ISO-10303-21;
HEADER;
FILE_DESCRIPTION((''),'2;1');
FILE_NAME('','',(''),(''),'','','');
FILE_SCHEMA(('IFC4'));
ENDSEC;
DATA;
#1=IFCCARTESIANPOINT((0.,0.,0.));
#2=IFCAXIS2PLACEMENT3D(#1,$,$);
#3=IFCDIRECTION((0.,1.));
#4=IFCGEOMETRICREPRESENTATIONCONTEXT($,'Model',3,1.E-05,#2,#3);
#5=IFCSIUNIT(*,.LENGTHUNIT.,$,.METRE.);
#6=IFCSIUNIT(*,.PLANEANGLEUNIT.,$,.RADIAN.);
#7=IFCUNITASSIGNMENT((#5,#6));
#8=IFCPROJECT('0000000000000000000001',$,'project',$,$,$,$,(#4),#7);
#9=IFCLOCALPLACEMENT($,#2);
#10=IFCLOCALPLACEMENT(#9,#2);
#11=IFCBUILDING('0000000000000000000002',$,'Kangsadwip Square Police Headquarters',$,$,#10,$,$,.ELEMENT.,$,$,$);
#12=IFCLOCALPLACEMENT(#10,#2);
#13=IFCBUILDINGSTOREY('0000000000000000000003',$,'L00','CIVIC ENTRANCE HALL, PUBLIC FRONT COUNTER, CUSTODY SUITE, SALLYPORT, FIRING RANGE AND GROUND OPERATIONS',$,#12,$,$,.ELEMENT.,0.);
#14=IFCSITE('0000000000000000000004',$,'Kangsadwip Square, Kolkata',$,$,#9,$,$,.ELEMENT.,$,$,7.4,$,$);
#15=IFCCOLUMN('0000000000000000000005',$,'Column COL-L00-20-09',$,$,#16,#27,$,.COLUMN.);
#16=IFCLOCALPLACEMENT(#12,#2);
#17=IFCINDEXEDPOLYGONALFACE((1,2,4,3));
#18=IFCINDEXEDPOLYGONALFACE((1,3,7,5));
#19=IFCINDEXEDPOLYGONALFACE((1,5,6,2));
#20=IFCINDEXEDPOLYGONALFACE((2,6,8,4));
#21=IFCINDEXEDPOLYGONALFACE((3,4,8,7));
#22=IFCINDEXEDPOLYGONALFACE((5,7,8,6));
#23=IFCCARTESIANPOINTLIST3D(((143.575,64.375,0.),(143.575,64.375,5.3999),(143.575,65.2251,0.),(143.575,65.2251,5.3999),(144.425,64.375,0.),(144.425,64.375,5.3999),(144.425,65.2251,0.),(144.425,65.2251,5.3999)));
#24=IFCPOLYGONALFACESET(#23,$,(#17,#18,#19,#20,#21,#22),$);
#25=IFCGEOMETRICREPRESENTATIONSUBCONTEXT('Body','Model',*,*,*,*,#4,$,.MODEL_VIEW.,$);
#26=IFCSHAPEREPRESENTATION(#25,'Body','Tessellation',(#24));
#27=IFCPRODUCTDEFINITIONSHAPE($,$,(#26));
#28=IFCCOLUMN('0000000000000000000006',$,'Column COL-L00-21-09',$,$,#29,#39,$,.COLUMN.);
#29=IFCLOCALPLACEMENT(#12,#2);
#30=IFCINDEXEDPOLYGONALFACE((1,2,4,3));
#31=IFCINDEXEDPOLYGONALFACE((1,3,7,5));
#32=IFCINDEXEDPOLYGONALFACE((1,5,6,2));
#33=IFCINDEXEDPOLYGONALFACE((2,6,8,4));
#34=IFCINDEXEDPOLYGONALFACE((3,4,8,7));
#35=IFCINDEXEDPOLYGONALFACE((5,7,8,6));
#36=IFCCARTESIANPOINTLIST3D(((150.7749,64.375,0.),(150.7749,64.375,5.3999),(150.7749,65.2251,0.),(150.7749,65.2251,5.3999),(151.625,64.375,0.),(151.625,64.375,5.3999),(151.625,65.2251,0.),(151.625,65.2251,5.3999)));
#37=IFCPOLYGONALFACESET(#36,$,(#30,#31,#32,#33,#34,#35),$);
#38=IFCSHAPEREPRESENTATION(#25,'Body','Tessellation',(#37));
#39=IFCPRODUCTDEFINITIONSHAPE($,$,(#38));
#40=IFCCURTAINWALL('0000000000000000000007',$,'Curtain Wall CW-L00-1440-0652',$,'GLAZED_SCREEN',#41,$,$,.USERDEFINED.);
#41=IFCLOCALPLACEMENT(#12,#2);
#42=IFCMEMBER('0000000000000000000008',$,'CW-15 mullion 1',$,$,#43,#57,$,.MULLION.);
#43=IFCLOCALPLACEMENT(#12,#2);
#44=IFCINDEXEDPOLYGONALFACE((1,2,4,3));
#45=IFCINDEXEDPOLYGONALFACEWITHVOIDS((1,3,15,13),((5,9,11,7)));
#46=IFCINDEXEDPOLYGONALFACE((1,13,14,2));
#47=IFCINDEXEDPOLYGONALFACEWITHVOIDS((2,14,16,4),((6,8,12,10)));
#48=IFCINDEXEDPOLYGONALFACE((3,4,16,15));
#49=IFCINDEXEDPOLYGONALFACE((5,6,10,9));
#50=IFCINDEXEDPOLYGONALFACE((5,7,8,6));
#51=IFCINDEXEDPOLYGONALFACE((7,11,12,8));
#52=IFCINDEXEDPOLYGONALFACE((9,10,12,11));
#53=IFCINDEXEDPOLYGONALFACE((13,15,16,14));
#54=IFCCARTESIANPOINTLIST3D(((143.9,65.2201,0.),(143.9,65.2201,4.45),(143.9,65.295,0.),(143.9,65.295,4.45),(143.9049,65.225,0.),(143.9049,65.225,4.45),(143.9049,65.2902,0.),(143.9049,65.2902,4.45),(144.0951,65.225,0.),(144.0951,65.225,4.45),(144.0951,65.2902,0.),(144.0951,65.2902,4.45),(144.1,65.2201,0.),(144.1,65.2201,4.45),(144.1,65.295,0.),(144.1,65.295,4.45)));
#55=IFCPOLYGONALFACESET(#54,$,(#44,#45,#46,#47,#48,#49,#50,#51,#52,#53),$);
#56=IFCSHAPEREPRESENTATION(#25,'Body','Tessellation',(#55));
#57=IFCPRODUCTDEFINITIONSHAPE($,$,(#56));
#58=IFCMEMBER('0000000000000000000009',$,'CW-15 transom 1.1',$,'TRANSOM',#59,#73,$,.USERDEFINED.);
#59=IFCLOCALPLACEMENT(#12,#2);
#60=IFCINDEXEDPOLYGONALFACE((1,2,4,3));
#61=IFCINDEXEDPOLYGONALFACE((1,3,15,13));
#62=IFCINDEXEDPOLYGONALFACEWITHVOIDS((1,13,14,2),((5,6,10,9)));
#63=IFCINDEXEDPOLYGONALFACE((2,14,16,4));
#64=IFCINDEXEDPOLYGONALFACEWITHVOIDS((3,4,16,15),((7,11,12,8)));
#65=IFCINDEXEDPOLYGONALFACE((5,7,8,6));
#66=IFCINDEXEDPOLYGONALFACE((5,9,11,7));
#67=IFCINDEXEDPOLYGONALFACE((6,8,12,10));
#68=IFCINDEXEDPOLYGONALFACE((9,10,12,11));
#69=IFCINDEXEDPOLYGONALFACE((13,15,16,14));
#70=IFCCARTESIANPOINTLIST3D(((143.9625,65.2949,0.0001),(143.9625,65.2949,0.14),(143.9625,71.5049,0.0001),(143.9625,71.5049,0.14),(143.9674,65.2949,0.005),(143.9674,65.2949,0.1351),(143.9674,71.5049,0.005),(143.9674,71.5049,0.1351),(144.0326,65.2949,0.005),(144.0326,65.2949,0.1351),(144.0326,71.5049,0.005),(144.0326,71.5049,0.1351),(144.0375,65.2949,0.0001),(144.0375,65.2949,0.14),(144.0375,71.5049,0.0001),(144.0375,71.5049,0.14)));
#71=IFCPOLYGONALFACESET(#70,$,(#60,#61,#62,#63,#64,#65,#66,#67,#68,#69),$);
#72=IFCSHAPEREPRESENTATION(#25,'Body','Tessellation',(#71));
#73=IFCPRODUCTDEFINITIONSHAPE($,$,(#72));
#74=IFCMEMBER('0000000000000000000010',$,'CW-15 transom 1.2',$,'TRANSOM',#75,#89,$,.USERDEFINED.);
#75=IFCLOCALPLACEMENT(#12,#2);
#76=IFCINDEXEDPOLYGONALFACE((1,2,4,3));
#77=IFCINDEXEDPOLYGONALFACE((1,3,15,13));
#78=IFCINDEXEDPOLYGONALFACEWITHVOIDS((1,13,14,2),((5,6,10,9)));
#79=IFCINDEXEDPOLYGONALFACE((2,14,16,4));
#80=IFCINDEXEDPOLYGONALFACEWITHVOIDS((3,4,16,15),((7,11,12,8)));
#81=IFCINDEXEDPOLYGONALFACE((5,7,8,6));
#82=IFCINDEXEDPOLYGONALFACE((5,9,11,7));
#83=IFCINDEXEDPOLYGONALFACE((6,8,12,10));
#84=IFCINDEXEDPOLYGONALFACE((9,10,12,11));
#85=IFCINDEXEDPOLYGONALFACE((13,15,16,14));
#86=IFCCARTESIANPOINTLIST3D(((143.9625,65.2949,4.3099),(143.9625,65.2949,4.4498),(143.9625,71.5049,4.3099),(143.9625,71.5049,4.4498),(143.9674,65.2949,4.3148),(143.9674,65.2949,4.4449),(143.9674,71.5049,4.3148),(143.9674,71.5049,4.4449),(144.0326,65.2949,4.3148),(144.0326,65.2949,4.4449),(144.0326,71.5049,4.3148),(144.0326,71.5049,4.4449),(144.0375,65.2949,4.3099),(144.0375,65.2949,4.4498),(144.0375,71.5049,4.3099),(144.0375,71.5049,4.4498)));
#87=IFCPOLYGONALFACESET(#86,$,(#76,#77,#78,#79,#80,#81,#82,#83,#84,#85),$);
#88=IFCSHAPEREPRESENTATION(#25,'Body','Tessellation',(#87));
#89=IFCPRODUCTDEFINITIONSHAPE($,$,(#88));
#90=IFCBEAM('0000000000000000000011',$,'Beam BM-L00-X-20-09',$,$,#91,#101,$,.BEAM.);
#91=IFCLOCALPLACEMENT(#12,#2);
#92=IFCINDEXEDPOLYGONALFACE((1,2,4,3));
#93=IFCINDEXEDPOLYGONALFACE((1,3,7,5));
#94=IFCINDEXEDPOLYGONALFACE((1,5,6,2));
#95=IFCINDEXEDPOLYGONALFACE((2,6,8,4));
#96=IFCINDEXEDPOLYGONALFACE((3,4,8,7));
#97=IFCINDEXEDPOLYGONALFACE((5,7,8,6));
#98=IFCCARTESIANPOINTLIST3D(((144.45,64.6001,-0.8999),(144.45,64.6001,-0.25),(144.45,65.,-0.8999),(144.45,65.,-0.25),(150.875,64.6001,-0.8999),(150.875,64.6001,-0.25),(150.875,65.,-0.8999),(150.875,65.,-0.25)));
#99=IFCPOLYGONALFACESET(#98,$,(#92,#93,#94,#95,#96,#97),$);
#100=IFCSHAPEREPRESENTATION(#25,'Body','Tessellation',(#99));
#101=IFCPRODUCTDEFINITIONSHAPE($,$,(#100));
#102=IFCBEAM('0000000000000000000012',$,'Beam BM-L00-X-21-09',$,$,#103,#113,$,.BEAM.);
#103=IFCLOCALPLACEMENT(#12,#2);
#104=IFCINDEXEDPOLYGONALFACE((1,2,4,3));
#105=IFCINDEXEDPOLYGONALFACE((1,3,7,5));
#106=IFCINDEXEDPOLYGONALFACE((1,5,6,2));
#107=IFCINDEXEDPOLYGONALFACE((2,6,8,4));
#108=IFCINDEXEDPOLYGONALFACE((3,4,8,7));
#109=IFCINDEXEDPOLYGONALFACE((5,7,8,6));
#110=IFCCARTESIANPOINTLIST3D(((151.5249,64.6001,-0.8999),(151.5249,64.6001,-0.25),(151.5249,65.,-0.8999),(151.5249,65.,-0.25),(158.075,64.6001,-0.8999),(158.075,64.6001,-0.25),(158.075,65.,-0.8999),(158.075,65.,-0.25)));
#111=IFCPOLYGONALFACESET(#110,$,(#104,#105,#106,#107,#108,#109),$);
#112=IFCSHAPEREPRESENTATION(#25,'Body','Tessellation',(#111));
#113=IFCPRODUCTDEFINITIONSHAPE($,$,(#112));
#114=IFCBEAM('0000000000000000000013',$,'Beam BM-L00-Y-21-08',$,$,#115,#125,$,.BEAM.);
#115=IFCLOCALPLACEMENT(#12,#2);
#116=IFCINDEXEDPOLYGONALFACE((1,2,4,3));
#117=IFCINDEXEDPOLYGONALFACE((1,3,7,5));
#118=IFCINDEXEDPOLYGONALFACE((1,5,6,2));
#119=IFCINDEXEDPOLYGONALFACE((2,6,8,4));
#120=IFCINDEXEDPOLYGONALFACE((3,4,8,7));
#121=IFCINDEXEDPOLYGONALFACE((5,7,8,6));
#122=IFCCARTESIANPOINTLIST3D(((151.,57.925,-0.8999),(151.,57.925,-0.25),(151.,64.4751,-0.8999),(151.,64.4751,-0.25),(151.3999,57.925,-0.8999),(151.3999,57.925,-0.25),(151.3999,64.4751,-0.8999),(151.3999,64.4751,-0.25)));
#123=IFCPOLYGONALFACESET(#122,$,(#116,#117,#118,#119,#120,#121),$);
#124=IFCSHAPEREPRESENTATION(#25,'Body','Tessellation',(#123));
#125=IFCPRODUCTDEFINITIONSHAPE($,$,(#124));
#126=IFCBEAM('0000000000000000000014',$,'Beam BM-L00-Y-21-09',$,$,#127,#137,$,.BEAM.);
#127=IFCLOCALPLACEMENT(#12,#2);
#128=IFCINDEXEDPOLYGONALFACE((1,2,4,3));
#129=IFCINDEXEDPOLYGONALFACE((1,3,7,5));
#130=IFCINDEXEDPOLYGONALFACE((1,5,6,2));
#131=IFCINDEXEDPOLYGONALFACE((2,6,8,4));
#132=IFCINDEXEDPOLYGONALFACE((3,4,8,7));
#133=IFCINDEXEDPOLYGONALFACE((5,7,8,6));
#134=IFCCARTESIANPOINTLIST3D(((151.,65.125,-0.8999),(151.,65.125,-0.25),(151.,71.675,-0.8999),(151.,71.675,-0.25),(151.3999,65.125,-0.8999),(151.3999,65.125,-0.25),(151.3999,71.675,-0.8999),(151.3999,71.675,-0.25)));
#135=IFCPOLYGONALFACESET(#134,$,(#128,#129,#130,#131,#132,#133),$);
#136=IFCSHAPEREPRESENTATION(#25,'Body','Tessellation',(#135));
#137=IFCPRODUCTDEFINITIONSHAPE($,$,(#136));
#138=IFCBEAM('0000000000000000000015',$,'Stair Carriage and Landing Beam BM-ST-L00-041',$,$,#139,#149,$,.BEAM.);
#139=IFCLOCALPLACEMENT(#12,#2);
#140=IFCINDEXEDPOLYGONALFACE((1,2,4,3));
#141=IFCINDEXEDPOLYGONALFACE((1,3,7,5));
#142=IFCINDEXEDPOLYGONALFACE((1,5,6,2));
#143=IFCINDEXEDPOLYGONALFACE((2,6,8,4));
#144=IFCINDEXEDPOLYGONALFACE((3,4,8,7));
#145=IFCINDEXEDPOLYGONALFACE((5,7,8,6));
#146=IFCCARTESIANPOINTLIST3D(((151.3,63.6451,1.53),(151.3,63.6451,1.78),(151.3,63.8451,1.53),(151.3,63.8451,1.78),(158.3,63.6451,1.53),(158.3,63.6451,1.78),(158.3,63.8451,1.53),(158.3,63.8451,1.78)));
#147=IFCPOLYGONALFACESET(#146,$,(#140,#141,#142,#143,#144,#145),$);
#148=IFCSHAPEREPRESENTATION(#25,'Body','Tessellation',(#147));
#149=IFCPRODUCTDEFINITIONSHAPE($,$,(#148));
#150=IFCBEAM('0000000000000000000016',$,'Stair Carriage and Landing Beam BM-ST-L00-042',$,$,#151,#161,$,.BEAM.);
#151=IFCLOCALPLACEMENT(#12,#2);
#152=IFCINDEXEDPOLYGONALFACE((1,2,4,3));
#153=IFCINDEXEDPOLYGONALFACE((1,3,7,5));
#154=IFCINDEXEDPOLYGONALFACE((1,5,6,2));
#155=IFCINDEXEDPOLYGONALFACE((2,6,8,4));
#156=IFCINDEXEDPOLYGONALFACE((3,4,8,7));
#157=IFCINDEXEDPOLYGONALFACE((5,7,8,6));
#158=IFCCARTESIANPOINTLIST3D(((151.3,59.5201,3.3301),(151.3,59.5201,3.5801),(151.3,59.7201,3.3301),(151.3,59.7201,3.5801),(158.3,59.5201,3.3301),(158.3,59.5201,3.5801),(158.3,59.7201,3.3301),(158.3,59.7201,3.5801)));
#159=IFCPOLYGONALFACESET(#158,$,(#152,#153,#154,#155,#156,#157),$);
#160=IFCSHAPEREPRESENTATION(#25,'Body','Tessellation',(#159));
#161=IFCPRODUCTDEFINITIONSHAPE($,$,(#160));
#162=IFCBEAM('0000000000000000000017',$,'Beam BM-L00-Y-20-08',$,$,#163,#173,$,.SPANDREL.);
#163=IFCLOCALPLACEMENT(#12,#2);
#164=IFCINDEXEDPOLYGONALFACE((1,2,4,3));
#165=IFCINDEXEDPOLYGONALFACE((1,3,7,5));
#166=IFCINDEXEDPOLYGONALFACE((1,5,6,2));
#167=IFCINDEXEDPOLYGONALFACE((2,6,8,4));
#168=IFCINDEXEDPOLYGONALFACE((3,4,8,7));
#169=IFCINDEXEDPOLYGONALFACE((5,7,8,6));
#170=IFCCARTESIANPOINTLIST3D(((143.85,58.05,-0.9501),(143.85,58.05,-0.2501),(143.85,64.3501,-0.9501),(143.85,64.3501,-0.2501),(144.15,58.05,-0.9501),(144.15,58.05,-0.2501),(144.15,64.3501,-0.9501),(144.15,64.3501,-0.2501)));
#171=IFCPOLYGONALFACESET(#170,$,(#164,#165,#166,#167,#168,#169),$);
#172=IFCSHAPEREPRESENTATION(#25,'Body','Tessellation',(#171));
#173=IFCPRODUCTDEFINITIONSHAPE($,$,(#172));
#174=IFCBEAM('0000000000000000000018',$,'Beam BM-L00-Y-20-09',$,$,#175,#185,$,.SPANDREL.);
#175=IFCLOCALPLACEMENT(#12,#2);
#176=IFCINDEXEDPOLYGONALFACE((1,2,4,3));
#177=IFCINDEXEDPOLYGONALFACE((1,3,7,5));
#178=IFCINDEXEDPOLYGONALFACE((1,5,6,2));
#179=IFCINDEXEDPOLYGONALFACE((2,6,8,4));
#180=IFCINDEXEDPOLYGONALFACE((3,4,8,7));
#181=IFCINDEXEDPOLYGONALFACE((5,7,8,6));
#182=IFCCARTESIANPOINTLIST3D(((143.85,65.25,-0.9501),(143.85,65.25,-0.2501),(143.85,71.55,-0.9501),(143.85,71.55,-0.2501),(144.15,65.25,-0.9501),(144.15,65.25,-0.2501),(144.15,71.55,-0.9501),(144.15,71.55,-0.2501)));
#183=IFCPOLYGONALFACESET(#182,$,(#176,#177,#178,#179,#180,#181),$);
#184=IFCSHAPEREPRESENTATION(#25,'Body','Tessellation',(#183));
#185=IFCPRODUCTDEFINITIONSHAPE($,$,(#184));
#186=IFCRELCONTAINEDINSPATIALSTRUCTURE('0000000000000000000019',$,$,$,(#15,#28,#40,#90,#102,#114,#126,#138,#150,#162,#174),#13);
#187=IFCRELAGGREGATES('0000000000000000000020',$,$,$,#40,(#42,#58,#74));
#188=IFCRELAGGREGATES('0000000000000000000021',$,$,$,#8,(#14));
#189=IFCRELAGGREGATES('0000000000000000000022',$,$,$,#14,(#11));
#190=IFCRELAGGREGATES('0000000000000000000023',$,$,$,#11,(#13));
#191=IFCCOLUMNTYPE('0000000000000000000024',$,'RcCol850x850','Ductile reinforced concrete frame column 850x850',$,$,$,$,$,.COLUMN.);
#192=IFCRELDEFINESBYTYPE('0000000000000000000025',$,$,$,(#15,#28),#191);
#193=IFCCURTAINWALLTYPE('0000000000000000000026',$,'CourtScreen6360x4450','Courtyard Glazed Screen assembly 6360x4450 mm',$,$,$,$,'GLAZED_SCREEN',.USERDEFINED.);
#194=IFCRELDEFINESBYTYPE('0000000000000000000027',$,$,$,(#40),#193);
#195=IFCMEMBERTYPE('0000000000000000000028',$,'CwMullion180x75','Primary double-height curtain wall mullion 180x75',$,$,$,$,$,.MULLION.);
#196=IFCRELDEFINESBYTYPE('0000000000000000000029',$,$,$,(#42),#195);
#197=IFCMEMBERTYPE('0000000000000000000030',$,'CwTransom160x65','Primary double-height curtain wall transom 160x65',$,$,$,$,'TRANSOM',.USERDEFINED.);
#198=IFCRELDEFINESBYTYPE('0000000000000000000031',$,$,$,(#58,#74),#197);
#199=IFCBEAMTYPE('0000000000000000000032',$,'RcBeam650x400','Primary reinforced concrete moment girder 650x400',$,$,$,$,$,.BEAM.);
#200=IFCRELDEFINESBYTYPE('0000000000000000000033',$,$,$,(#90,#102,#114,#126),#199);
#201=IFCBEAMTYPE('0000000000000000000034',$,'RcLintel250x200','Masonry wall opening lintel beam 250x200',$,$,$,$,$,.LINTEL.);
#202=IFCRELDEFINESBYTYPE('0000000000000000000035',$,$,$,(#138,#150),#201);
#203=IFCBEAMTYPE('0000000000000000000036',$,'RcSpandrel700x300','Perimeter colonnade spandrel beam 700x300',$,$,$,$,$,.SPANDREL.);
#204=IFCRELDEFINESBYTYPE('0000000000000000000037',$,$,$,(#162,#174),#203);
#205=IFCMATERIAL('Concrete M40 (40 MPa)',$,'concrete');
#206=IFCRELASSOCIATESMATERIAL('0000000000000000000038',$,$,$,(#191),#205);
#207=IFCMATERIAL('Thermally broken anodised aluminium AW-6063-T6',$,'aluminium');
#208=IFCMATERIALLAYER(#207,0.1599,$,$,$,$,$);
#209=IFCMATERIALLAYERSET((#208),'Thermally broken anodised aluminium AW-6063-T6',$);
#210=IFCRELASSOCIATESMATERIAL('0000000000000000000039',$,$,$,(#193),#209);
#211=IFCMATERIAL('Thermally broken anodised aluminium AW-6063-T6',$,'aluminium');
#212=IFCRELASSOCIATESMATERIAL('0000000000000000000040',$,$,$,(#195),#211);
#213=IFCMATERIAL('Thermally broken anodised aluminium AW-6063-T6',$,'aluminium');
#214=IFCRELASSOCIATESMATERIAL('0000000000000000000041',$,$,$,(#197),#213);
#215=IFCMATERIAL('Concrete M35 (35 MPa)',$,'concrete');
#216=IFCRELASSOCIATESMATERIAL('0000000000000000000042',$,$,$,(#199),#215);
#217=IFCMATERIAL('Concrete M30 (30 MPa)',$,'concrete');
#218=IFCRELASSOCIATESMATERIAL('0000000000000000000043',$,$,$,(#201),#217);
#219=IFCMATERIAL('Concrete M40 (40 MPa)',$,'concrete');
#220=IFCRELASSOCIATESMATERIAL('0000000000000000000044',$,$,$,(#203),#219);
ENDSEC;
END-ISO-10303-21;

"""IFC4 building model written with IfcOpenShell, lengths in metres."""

from ifc_helpers import new_model, si_unit, direction, frame, origin, origin_2d, place, context, subcontext, project, spatial, rectangle, hollow_rectangle, extrude, material, layer, layer_set, material_profile, profile_set, type_object, element, aggregate, save


model = new_model("IFC4")

# Units and contexts
model_context = context("Model", 3, precision=1e-05, world=origin(), true_north=direction((0.0, 1.0)))
body_context = subcontext(model_context, "Body", "Model", "MODEL_VIEW")
ifc_project = project(units=[si_unit("LENGTHUNIT", "METRE"), si_unit("PLANEANGLEUNIT", "RADIAN")], contexts=[model_context])

# Site, building, storey
site_placement = place(None, origin())
site = spatial("IfcSite", under=ifc_project, at=site_placement, Name="Kangsadwip Square, Kolkata", CompositionType="ELEMENT", RefElevation=7.4)
building_placement = place(site_placement, origin())
building = spatial("IfcBuilding", under=site, at=building_placement, Name="Kangsadwip Square Police Headquarters", CompositionType="ELEMENT")
storey_placement = place(building_placement, origin())
storey = spatial("IfcBuildingStorey", under=building, at=storey_placement, Name="L00", Description="CIVIC ENTRANCE HALL, PUBLIC FRONT COUNTER, CUSTODY SUITE, SALLYPORT, FIRING RANGE AND GROUND OPERATIONS", CompositionType="ELEMENT", Elevation=0.0)

# Columns
ifc_material_1 = material(Name="Concrete M40 (40 MPa)", Category="concrete")
ifc_material_profile_1 = material_profile(ifc_material_1, rectangle(XDim=0.8501, YDim=0.8501, at=origin_2d()), Name="RC COL 850X850")
ifc_profile_set_1 = profile_set([ifc_material_profile_1], Name="Concrete M40 (40 MPa)")
column_type = type_object("IfcColumnType", Name="RcCol850x850", Description="Ductile reinforced concrete frame column 850x850", PredefinedType="COLUMN", material=ifc_profile_set_1)
for number, where, z_axis, x_axis, name in (
    (1, (144.0, 64.8, 0.0), (0.0, 0.0, 1.0), (1.0, 0.0, 0.0), "Column COL-L00-20-09"),
    (2, (151.2, 64.8, 0.0), (0.0, 0.0, 1.0), (1.0, 0.0, 0.0), "Column COL-L00-21-09"),
):
    element("IfcColumn", number, at=place(storey_placement, frame(where, z_axis=z_axis, x_axis=x_axis)), inside=storey, type_object=column_type, Name=name, PredefinedType="COLUMN", context=body_context, shape_type="SweptSolid", body=[
        extrude(rectangle(XDim=0.8501, YDim=0.8501, at=origin_2d()), origin(), (0.0, 0.0, 1.0), 5.3999),
    ])

# Curtain wall, members
ifc_material_2 = material(Name="Thermally broken anodised aluminium AW-6063-T6", Category="aluminium")
ifc_layer_1 = layer(ifc_material_2, 0.1599)
ifc_layer_set_1 = layer_set([ifc_layer_1], Name="Thermally broken anodised aluminium AW-6063-T6")
curtain_wall_type = type_object("IfcCurtainWallType", Name="CourtScreen6360x4450", Description="Courtyard Glazed Screen assembly 6360x4450 mm", ElementType="GLAZED_SCREEN", PredefinedType="USERDEFINED", material=ifc_layer_set_1)
curtain_wall_placement = place(storey_placement, origin())
curtain_wall = element("IfcCurtainWall", 3, at=curtain_wall_placement, inside=storey, type_object=curtain_wall_type, Name="Curtain Wall CW-L00-1440-0652", ObjectType="GLAZED_SCREEN", PredefinedType="USERDEFINED")
ifc_material_3 = material(Name="Thermally broken anodised aluminium AW-6063-T6", Category="aluminium")
ifc_material_profile_2 = material_profile(ifc_material_3, hollow_rectangle(XDim=0.075, YDim=0.2, WallThickness=0.0049, at=origin_2d()), Name="CWM 200X75X5")
ifc_profile_set_2 = profile_set([ifc_material_profile_2], Name="Thermally broken anodised aluminium AW-6063-T6")
member_type_1 = type_object("IfcMemberType", Name="CwMullion180x75", Description="Primary double-height curtain wall mullion 180x75", PredefinedType="MULLION", material=ifc_profile_set_2)
member_1_placement = place(storey_placement, frame((144.0, 65.2576, 0.0), z_axis=(0.0, 0.0, 1.0), x_axis=(0.0, 1.0, 0.0)))
member_1 = element("IfcMember", 4, at=member_1_placement, type_object=member_type_1, Name="CW-15 mullion 1", PredefinedType="MULLION", context=body_context, shape_type="SweptSolid", body=[
    extrude(hollow_rectangle(XDim=0.075, YDim=0.2, WallThickness=0.0049, at=origin_2d()), origin(), (0.0, 0.0, 1.0), 4.45),
])
ifc_material_4 = material(Name="Thermally broken anodised aluminium AW-6063-T6", Category="aluminium")
ifc_material_profile_3 = material_profile(ifc_material_4, hollow_rectangle(XDim=0.075, YDim=0.1399, WallThickness=0.0049, at=origin_2d()), Name="CWT 140X75X5")
ifc_profile_set_3 = profile_set([ifc_material_profile_3], Name="Thermally broken anodised aluminium AW-6063-T6")
member_type_2 = type_object("IfcMemberType", Name="CwTransom160x65", Description="Primary double-height curtain wall transom 160x65", ElementType="TRANSOM", PredefinedType="USERDEFINED", material=ifc_profile_set_3)
member_2_placement = place(storey_placement, frame((144.0, 65.2949, 0.0701), z_axis=(0.0, 1.0, 0.0), x_axis=(-1.0, 0.0, 0.0)))
member_2 = element("IfcMember", 5, at=member_2_placement, type_object=member_type_2, Name="CW-15 transom 1.1", ObjectType="TRANSOM", PredefinedType="USERDEFINED", context=body_context, shape_type="SweptSolid", body=[
    extrude(hollow_rectangle(XDim=0.075, YDim=0.1399, WallThickness=0.0049, at=origin_2d()), origin(), (0.0, 0.0, 1.0), 6.21),
])
member_3_placement = place(storey_placement, frame((144.0, 65.2949, 4.3799), z_axis=(0.0, 1.0, 0.0), x_axis=(-1.0, 0.0, 0.0)))
member_3 = element("IfcMember", 6, at=member_3_placement, type_object=member_type_2, Name="CW-15 transom 1.2", ObjectType="TRANSOM", PredefinedType="USERDEFINED", context=body_context, shape_type="SweptSolid", body=[
    extrude(hollow_rectangle(XDim=0.075, YDim=0.1399, WallThickness=0.0049, at=origin_2d()), origin(), (0.0, 0.0, 1.0), 6.21),
])

# Beams
ifc_material_5 = material(Name="Concrete M35 (35 MPa)", Category="concrete")
ifc_material_profile_4 = material_profile(ifc_material_5, rectangle(XDim=0.3999, YDim=0.6499, at=origin_2d()), Name="RC BM 650X400")
ifc_profile_set_4 = profile_set([ifc_material_profile_4], Name="Concrete M35 (35 MPa)")
beam_type_1 = type_object("IfcBeamType", Name="RcBeam650x400", Description="Primary reinforced concrete moment girder 650x400", PredefinedType="BEAM", material=ifc_profile_set_4)
beam_placement = place(storey_placement, frame((144.45, 64.8, -0.575), z_axis=(1.0, 0.0, 0.0), x_axis=(0.0, 1.0, 0.0)))
element("IfcBeam", 7, at=beam_placement, inside=storey, type_object=beam_type_1, Name="Beam BM-L00-X-20-09", PredefinedType="BEAM", context=body_context, shape_type="SweptSolid", body=[
    extrude(rectangle(XDim=0.3999, YDim=0.6499, at=origin_2d()), origin(), (0.0, 0.0, 1.0), 6.425),
])
for number, where, z_axis, x_axis, name in (
    (8, (151.5249, 64.8, -0.575), (1.0, 0.0, 0.0), (0.0, 1.0, 0.0), "Beam BM-L00-X-21-09"),
    (9, (151.2, 57.925, -0.575), (0.0, 1.0, 0.0), (-1.0, 0.0, 0.0), "Beam BM-L00-Y-21-08"),
    (10, (151.2, 65.125, -0.575), (0.0, 1.0, 0.0), (-1.0, 0.0, 0.0), "Beam BM-L00-Y-21-09"),
):
    element("IfcBeam", number, at=place(storey_placement, frame(where, z_axis=z_axis, x_axis=x_axis)), inside=storey, type_object=beam_type_1, Name=name, PredefinedType="BEAM", context=body_context, shape_type="SweptSolid", body=[
        extrude(rectangle(XDim=0.3999, YDim=0.6499, at=origin_2d()), origin(), (0.0, 0.0, 1.0), 6.55),
    ])
ifc_material_6 = material(Name="Concrete M30 (30 MPa)", Category="concrete")
ifc_material_profile_5 = material_profile(ifc_material_6, rectangle(XDim=0.2, YDim=0.25, at=origin_2d()), Name="RC LNT 250X200")
ifc_profile_set_5 = profile_set([ifc_material_profile_5], Name="Concrete M30 (30 MPa)")
beam_type_2 = type_object("IfcBeamType", Name="RcLintel250x200", Description="Masonry wall opening lintel beam 250x200", PredefinedType="LINTEL", material=ifc_profile_set_5)
for number, where, z_axis, x_axis, name in (
    (11, (151.3, 63.7451, 1.655), (1.0, 0.0, 0.0), (0.0, 1.0, 0.0), "Stair Carriage and Landing Beam BM-ST-L00-041"),
    (12, (151.3, 59.6201, 3.4551), (1.0, 0.0, 0.0), (0.0, 1.0, 0.0), "Stair Carriage and Landing Beam BM-ST-L00-042"),
):
    element("IfcBeam", number, at=place(storey_placement, frame(where, z_axis=z_axis, x_axis=x_axis)), inside=storey, type_object=beam_type_2, Name=name, PredefinedType="BEAM", context=body_context, shape_type="SweptSolid", body=[
        extrude(rectangle(XDim=0.2, YDim=0.25, at=origin_2d()), origin(), (0.0, 0.0, 1.0), 7.0),
    ])
ifc_material_7 = material(Name="Concrete M40 (40 MPa)", Category="concrete")
ifc_material_profile_6 = material_profile(ifc_material_7, rectangle(XDim=0.3, YDim=0.7, at=origin_2d()), Name="RC SPN 700X300")
ifc_profile_set_6 = profile_set([ifc_material_profile_6], Name="Concrete M40 (40 MPa)")
beam_type_3 = type_object("IfcBeamType", Name="RcSpandrel700x300", Description="Perimeter colonnade spandrel beam 700x300", PredefinedType="SPANDREL", material=ifc_profile_set_6)
for number, where, z_axis, x_axis, name in (
    (13, (144.0, 58.05, -0.6001), (0.0, 1.0, 0.0), (-1.0, 0.0, 0.0), "Beam BM-L00-Y-20-08"),
    (14, (144.0, 65.25, -0.6001), (0.0, 1.0, 0.0), (-1.0, 0.0, 0.0), "Beam BM-L00-Y-20-09"),
):
    element("IfcBeam", number, at=place(storey_placement, frame(where, z_axis=z_axis, x_axis=x_axis)), inside=storey, type_object=beam_type_3, Name=name, PredefinedType="SPANDREL", context=body_context, shape_type="SweptSolid", body=[
        extrude(rectangle(XDim=0.3, YDim=0.7, at=origin_2d()), origin(), (0.0, 0.0, 1.0), 6.3),
    ])

aggregate(curtain_wall, [member_1, member_2, member_3])

save(model, "model.ifc")
